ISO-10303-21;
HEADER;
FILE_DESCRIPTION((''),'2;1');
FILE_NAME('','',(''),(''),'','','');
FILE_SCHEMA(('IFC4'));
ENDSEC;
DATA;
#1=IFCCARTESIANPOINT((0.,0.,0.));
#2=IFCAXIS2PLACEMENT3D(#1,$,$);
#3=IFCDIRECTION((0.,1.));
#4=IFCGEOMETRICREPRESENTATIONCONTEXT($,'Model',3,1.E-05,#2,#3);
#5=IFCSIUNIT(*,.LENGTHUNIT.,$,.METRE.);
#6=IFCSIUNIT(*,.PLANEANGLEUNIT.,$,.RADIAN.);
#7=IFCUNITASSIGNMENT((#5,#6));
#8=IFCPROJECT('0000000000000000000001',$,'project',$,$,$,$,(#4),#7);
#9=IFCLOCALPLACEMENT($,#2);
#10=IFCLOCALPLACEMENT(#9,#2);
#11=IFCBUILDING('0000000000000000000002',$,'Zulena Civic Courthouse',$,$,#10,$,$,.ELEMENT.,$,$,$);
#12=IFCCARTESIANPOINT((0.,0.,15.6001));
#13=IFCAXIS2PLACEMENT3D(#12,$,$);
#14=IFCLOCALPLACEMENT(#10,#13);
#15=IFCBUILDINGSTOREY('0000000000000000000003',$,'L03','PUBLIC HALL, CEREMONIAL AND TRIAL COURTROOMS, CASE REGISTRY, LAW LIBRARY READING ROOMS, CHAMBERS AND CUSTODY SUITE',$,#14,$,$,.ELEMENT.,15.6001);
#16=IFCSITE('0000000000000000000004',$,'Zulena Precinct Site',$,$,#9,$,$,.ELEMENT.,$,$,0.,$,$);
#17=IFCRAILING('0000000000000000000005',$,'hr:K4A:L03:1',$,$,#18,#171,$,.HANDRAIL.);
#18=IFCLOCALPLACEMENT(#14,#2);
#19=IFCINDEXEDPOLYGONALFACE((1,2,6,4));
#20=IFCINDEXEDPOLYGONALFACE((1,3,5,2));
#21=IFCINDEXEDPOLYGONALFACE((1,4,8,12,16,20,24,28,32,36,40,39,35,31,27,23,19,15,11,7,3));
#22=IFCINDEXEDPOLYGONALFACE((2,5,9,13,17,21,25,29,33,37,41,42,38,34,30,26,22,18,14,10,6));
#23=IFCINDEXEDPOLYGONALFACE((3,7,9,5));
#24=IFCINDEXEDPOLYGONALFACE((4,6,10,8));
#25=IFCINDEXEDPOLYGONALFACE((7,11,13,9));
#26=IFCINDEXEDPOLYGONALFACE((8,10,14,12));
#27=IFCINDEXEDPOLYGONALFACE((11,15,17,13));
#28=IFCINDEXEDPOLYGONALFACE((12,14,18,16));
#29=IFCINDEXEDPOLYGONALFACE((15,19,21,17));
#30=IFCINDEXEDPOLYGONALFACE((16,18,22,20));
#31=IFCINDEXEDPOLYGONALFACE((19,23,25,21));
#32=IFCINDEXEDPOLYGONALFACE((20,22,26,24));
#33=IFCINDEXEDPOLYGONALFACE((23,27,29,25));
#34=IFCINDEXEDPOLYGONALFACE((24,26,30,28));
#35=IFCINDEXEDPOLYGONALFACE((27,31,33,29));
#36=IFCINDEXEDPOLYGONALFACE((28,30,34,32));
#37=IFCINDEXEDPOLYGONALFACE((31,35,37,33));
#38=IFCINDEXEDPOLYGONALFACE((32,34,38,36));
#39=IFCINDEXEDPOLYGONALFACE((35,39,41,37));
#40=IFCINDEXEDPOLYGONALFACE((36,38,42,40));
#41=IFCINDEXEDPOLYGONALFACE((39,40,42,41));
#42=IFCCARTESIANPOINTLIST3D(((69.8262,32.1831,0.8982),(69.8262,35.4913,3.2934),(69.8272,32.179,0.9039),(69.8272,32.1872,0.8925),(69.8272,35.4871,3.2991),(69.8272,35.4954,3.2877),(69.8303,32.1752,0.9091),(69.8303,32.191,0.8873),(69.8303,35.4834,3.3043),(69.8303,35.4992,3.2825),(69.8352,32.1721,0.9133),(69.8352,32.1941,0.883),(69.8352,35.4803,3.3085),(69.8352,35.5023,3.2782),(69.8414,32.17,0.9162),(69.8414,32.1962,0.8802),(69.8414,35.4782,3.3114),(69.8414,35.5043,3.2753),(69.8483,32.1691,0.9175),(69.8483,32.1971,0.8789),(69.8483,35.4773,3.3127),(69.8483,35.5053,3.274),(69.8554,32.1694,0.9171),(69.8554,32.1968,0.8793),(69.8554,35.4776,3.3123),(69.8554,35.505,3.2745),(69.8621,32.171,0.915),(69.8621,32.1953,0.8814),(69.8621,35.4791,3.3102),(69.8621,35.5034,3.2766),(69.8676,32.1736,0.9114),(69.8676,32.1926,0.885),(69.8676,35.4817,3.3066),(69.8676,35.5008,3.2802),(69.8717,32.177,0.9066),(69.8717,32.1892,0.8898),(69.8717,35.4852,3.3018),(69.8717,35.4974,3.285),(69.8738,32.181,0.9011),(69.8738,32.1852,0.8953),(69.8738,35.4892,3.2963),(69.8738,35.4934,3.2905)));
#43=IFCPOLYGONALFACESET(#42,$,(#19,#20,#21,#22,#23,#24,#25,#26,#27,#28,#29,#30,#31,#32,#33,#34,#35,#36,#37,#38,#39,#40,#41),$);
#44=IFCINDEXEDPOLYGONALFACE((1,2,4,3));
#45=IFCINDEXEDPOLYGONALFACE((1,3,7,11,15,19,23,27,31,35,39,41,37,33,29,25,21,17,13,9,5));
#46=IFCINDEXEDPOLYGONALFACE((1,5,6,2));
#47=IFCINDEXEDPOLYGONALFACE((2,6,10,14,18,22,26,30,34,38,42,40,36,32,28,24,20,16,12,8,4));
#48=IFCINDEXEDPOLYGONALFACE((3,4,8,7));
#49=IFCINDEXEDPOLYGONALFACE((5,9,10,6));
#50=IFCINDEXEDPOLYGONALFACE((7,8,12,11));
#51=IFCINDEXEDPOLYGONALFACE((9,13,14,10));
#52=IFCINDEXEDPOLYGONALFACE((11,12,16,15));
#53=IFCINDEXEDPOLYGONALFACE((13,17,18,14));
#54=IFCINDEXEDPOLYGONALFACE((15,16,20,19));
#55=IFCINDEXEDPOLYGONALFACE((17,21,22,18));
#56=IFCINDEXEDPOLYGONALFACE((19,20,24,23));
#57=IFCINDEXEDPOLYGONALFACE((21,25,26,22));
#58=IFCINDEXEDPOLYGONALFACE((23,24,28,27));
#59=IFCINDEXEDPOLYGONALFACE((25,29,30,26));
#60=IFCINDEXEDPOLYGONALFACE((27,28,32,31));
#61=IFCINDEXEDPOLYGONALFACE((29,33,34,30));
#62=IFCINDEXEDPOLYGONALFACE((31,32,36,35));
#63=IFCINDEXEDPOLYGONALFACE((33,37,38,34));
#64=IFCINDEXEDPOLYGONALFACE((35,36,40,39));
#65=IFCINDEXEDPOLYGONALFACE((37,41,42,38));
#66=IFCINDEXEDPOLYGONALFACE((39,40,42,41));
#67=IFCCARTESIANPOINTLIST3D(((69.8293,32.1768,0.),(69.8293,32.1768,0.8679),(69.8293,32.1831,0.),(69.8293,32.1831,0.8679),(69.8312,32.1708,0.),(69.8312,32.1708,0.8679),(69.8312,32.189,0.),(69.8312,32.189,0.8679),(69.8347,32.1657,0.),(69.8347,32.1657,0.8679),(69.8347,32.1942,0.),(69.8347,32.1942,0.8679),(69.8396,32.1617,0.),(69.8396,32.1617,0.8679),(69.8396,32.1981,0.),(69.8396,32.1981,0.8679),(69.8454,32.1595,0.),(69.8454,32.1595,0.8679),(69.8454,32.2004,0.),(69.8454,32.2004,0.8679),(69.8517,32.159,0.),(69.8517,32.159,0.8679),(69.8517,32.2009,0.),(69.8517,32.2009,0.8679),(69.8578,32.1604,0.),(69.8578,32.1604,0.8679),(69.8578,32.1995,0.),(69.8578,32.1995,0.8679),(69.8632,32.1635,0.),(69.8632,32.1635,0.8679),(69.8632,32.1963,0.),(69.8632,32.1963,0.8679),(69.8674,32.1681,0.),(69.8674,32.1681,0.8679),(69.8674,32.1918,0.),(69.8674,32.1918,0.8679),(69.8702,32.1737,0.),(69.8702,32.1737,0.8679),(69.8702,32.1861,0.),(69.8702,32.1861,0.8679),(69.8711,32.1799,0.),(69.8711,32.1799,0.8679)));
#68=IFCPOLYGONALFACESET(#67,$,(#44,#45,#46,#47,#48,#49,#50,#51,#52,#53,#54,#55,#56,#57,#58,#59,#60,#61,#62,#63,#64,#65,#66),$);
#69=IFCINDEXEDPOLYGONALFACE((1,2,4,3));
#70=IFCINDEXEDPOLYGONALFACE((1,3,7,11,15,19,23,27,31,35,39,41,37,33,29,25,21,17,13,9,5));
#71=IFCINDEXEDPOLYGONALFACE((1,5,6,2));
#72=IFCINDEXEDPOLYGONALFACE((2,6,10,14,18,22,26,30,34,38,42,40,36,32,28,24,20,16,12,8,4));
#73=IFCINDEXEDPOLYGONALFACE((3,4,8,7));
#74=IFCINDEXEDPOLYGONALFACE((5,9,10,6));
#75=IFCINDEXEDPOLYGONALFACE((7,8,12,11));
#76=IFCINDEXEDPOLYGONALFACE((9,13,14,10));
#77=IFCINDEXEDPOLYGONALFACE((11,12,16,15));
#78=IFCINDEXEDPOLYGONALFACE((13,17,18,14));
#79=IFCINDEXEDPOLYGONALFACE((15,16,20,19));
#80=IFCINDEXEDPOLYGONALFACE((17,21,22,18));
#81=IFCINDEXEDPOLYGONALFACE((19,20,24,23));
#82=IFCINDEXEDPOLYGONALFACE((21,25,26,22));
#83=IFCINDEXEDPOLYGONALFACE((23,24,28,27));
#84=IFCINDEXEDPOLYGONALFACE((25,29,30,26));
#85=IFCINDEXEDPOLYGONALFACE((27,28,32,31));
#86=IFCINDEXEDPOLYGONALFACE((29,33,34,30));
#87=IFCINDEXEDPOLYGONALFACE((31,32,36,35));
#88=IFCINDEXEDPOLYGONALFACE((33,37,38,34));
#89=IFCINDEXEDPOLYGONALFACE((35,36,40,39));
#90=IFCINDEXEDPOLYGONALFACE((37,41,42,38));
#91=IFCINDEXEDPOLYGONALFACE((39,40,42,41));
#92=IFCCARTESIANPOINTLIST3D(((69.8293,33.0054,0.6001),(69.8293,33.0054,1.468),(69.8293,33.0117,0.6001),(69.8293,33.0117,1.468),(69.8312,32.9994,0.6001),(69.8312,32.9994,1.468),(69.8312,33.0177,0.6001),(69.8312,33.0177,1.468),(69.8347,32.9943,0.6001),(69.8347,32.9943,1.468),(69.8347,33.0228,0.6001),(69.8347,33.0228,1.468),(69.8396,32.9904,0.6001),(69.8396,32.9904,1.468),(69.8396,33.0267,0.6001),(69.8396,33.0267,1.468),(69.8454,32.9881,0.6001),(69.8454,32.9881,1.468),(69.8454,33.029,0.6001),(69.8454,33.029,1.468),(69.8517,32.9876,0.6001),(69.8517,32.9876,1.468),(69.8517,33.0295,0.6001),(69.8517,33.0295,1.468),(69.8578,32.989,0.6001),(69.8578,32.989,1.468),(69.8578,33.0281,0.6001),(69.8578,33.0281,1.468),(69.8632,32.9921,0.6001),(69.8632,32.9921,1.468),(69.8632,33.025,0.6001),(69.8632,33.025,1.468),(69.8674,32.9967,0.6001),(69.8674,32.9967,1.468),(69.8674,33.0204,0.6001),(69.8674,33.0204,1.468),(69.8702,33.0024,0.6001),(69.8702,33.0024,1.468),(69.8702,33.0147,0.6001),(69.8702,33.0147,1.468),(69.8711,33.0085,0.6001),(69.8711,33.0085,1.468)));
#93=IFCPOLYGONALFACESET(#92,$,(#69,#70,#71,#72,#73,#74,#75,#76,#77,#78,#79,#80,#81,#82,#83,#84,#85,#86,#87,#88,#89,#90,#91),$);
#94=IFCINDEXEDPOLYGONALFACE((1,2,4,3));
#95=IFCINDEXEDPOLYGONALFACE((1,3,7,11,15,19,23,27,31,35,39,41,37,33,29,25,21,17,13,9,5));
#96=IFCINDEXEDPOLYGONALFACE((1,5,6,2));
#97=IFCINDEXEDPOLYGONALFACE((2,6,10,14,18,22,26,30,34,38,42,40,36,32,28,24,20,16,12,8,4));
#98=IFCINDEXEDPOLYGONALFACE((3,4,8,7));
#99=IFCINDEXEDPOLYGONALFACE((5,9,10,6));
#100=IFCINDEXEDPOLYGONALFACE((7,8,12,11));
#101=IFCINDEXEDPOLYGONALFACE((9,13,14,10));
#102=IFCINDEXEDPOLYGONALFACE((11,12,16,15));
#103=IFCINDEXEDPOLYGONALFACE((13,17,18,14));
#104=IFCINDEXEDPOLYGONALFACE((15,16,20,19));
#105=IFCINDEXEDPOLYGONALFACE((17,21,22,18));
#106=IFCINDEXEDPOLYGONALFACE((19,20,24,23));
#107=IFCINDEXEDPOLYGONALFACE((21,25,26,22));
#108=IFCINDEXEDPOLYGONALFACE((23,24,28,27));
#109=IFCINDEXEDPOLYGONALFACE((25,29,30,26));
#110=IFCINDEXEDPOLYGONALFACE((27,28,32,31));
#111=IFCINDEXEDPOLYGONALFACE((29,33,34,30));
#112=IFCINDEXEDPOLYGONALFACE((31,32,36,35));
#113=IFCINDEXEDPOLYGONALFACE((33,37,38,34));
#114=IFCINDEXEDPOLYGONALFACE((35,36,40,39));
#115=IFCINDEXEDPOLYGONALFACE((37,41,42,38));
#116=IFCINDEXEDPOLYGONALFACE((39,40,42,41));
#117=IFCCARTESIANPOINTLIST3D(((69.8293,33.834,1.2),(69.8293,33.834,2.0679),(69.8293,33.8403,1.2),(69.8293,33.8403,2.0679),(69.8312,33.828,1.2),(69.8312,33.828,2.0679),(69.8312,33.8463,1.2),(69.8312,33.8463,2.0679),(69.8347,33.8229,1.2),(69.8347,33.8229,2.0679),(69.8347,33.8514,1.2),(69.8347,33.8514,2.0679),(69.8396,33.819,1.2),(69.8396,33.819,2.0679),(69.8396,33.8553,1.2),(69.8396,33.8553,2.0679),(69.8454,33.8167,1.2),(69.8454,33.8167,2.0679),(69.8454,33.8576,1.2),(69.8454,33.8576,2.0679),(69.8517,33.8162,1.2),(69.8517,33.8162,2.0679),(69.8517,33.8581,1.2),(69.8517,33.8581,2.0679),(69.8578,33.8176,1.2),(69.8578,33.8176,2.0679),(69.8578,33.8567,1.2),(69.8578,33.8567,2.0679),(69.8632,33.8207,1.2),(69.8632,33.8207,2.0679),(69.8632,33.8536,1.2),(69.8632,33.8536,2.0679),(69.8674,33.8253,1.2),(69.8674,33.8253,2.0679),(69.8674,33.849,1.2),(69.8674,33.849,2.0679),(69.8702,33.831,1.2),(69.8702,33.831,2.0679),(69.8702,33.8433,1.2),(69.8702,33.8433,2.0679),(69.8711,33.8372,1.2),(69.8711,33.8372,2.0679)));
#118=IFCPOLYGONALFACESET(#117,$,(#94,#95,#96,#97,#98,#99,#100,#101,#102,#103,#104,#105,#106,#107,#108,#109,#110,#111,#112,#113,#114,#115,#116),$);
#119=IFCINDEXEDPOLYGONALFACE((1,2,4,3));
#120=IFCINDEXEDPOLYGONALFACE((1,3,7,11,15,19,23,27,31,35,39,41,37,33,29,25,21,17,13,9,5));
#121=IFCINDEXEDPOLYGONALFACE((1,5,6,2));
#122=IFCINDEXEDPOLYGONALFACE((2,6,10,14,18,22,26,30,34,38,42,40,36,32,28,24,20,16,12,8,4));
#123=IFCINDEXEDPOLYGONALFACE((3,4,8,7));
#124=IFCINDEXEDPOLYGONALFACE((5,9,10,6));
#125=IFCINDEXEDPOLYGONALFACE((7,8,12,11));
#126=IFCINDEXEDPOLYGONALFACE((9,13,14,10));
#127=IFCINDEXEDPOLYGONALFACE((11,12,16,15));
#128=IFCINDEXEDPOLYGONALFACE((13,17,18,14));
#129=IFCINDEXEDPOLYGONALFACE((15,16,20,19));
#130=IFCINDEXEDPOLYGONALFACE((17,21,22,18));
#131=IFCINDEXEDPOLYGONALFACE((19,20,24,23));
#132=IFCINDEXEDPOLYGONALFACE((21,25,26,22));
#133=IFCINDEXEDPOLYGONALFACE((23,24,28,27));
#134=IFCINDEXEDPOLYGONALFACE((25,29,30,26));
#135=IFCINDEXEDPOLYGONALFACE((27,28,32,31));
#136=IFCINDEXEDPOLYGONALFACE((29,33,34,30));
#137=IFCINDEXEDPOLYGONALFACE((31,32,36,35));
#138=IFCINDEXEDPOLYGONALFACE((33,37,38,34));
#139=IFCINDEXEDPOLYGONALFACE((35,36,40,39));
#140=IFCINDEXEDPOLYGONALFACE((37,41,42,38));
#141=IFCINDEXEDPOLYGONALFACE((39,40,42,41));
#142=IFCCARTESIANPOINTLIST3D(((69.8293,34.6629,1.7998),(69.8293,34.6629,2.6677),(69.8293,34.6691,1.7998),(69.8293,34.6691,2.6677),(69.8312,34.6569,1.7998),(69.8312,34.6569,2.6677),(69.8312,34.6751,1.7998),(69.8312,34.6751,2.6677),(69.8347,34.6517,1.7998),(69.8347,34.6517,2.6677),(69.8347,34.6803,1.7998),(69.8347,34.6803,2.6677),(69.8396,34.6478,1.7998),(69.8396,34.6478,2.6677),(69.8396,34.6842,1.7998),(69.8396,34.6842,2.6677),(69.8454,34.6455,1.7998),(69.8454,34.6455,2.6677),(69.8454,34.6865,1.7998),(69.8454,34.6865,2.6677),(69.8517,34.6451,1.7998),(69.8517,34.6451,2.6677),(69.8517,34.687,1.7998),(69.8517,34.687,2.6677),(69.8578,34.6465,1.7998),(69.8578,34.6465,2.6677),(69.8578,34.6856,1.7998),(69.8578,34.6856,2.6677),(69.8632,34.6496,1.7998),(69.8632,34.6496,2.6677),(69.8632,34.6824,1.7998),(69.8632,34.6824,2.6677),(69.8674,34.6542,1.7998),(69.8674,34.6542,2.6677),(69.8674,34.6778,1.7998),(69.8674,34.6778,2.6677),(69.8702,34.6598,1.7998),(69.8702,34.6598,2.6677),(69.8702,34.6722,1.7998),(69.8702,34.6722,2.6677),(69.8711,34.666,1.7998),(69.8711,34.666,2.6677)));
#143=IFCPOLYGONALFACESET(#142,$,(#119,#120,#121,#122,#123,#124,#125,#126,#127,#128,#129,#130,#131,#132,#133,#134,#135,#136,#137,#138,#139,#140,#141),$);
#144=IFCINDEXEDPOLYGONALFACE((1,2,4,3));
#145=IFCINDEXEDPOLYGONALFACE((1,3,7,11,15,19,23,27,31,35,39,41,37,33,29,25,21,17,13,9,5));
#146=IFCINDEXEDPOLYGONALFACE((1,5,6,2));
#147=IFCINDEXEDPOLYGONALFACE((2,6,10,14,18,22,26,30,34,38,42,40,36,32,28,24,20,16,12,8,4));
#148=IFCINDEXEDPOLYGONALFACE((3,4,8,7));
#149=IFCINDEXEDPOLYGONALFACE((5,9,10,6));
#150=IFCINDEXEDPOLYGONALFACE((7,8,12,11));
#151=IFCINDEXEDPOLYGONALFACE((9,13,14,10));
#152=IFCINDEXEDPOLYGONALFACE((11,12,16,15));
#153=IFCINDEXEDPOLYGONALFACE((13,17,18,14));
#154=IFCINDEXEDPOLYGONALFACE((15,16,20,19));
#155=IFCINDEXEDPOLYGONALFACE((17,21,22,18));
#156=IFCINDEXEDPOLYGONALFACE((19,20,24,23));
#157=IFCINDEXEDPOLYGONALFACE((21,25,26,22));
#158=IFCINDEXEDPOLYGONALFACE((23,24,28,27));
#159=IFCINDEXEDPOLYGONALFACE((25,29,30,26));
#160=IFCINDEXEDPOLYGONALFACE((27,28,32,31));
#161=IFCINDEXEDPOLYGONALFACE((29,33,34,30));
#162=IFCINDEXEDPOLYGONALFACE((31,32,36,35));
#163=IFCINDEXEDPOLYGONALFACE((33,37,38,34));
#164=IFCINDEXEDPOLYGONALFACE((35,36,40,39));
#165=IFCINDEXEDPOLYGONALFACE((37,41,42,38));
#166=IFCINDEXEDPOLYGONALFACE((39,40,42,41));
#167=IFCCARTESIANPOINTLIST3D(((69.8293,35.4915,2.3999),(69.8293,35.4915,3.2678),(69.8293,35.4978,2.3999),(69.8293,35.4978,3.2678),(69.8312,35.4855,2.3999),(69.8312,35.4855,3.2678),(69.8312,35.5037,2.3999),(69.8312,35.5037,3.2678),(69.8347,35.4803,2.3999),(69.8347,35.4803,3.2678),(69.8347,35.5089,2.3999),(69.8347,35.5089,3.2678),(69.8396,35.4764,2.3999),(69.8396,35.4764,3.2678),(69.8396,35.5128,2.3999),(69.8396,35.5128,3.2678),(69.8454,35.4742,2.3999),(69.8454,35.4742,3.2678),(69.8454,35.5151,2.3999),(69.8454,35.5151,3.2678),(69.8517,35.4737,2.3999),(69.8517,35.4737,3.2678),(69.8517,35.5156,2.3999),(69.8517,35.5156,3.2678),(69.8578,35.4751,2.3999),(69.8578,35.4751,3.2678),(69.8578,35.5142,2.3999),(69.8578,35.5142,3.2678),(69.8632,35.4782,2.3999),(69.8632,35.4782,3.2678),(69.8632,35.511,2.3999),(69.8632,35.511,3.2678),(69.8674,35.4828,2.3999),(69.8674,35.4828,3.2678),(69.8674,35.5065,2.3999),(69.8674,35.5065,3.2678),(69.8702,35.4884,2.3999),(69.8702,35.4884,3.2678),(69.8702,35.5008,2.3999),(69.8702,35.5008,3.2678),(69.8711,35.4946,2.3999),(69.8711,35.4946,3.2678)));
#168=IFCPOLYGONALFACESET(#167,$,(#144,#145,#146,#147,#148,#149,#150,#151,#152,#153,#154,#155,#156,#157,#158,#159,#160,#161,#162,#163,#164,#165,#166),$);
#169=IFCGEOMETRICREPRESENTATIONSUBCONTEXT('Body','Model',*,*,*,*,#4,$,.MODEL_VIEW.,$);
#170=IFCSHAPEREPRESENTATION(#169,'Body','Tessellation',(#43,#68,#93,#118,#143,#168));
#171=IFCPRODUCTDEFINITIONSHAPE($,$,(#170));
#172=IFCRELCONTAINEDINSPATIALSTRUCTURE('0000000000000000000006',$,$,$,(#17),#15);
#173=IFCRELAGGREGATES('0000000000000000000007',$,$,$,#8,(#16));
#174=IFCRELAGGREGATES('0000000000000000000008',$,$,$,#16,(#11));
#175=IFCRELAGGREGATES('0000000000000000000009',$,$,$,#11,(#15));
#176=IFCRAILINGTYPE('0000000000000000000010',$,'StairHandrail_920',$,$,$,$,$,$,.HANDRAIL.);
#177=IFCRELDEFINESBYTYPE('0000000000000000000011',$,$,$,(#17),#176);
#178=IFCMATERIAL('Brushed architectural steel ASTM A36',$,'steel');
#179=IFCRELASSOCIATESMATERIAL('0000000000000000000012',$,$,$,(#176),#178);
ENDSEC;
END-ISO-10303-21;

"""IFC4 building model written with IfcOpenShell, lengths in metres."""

from ifc_helpers import new_model, si_unit, direction, frame, origin, origin_2d, place, context, subcontext, project, spatial, circle, extrude, material, type_object, element, save


model = new_model("IFC4")

# Units and contexts
model_context = context("Model", 3, precision=1e-05, world=origin(), true_north=direction((0.0, 1.0)))
body_context = subcontext(model_context, "Body", "Model", "MODEL_VIEW")
ifc_project = project(units=[si_unit("LENGTHUNIT", "METRE"), si_unit("PLANEANGLEUNIT", "RADIAN")], contexts=[model_context])

# Site, building, storey
site_placement = place(None, origin())
site = spatial("IfcSite", under=ifc_project, at=site_placement, Name="Zulena Precinct Site", CompositionType="ELEMENT", RefElevation=0.0)
building_placement = place(site_placement, origin())
building = spatial("IfcBuilding", under=site, at=building_placement, Name="Zulena Civic Courthouse", CompositionType="ELEMENT")
storey_placement = place(building_placement, frame((0.0, 0.0, 15.6001)))
storey = spatial("IfcBuildingStorey", under=building, at=storey_placement, Name="L03", Description="PUBLIC HALL, CEREMONIAL AND TRIAL COURTROOMS, CASE REGISTRY, LAW LIBRARY READING ROOMS, CHAMBERS AND CUSTODY SUITE", CompositionType="ELEMENT", Elevation=15.6001)

# Railing
ifc_material_1 = material(Name="Brushed architectural steel ASTM A36", Category="steel")
railing_type_1 = type_object("IfcRailingType", Name="StairHandrail_920", PredefinedType="HANDRAIL", material=ifc_material_1)
railing_1_placement = place(storey_placement, frame((69.8501, 32.1799, 0.0)))
element("IfcRailing", 1, at=railing_1_placement, inside=storey, type_object=railing_type_1, Name="hr:K4A:L03:1", PredefinedType="HANDRAIL", context=body_context, shape_type="SweptSolid", body=[
    extrude(circle(Radius=0.0239, at=origin_2d()), frame((0.0, 0.0032, 0.8982), z_axis=(0.0, 0.809988, 0.586446), x_axis=(-1.0, 0.0, 0.0)), (0.0, 0.0, 1.0), 4.0842),
    extrude(circle(Radius=0.021, at=origin_2d()), origin(), (0.0, 0.0, 1.0), 0.8679),
    extrude(circle(Radius=0.021, at=origin_2d()), frame((0.0, 0.8286, 0.6001)), (0.0, 0.0, 1.0), 0.8679),
    extrude(circle(Radius=0.021, at=origin_2d()), frame((0.0, 1.6572, 1.2)), (0.0, 0.0, 1.0), 0.8679),
    extrude(circle(Radius=0.021, at=origin_2d()), frame((0.0, 2.4861, 1.7998)), (0.0, 0.0, 1.0), 0.8679),
    extrude(circle(Radius=0.021, at=origin_2d()), frame((0.0, 3.3147, 2.3999)), (0.0, 0.0, 1.0), 0.8679),
])

save(model, "model.ifc")
